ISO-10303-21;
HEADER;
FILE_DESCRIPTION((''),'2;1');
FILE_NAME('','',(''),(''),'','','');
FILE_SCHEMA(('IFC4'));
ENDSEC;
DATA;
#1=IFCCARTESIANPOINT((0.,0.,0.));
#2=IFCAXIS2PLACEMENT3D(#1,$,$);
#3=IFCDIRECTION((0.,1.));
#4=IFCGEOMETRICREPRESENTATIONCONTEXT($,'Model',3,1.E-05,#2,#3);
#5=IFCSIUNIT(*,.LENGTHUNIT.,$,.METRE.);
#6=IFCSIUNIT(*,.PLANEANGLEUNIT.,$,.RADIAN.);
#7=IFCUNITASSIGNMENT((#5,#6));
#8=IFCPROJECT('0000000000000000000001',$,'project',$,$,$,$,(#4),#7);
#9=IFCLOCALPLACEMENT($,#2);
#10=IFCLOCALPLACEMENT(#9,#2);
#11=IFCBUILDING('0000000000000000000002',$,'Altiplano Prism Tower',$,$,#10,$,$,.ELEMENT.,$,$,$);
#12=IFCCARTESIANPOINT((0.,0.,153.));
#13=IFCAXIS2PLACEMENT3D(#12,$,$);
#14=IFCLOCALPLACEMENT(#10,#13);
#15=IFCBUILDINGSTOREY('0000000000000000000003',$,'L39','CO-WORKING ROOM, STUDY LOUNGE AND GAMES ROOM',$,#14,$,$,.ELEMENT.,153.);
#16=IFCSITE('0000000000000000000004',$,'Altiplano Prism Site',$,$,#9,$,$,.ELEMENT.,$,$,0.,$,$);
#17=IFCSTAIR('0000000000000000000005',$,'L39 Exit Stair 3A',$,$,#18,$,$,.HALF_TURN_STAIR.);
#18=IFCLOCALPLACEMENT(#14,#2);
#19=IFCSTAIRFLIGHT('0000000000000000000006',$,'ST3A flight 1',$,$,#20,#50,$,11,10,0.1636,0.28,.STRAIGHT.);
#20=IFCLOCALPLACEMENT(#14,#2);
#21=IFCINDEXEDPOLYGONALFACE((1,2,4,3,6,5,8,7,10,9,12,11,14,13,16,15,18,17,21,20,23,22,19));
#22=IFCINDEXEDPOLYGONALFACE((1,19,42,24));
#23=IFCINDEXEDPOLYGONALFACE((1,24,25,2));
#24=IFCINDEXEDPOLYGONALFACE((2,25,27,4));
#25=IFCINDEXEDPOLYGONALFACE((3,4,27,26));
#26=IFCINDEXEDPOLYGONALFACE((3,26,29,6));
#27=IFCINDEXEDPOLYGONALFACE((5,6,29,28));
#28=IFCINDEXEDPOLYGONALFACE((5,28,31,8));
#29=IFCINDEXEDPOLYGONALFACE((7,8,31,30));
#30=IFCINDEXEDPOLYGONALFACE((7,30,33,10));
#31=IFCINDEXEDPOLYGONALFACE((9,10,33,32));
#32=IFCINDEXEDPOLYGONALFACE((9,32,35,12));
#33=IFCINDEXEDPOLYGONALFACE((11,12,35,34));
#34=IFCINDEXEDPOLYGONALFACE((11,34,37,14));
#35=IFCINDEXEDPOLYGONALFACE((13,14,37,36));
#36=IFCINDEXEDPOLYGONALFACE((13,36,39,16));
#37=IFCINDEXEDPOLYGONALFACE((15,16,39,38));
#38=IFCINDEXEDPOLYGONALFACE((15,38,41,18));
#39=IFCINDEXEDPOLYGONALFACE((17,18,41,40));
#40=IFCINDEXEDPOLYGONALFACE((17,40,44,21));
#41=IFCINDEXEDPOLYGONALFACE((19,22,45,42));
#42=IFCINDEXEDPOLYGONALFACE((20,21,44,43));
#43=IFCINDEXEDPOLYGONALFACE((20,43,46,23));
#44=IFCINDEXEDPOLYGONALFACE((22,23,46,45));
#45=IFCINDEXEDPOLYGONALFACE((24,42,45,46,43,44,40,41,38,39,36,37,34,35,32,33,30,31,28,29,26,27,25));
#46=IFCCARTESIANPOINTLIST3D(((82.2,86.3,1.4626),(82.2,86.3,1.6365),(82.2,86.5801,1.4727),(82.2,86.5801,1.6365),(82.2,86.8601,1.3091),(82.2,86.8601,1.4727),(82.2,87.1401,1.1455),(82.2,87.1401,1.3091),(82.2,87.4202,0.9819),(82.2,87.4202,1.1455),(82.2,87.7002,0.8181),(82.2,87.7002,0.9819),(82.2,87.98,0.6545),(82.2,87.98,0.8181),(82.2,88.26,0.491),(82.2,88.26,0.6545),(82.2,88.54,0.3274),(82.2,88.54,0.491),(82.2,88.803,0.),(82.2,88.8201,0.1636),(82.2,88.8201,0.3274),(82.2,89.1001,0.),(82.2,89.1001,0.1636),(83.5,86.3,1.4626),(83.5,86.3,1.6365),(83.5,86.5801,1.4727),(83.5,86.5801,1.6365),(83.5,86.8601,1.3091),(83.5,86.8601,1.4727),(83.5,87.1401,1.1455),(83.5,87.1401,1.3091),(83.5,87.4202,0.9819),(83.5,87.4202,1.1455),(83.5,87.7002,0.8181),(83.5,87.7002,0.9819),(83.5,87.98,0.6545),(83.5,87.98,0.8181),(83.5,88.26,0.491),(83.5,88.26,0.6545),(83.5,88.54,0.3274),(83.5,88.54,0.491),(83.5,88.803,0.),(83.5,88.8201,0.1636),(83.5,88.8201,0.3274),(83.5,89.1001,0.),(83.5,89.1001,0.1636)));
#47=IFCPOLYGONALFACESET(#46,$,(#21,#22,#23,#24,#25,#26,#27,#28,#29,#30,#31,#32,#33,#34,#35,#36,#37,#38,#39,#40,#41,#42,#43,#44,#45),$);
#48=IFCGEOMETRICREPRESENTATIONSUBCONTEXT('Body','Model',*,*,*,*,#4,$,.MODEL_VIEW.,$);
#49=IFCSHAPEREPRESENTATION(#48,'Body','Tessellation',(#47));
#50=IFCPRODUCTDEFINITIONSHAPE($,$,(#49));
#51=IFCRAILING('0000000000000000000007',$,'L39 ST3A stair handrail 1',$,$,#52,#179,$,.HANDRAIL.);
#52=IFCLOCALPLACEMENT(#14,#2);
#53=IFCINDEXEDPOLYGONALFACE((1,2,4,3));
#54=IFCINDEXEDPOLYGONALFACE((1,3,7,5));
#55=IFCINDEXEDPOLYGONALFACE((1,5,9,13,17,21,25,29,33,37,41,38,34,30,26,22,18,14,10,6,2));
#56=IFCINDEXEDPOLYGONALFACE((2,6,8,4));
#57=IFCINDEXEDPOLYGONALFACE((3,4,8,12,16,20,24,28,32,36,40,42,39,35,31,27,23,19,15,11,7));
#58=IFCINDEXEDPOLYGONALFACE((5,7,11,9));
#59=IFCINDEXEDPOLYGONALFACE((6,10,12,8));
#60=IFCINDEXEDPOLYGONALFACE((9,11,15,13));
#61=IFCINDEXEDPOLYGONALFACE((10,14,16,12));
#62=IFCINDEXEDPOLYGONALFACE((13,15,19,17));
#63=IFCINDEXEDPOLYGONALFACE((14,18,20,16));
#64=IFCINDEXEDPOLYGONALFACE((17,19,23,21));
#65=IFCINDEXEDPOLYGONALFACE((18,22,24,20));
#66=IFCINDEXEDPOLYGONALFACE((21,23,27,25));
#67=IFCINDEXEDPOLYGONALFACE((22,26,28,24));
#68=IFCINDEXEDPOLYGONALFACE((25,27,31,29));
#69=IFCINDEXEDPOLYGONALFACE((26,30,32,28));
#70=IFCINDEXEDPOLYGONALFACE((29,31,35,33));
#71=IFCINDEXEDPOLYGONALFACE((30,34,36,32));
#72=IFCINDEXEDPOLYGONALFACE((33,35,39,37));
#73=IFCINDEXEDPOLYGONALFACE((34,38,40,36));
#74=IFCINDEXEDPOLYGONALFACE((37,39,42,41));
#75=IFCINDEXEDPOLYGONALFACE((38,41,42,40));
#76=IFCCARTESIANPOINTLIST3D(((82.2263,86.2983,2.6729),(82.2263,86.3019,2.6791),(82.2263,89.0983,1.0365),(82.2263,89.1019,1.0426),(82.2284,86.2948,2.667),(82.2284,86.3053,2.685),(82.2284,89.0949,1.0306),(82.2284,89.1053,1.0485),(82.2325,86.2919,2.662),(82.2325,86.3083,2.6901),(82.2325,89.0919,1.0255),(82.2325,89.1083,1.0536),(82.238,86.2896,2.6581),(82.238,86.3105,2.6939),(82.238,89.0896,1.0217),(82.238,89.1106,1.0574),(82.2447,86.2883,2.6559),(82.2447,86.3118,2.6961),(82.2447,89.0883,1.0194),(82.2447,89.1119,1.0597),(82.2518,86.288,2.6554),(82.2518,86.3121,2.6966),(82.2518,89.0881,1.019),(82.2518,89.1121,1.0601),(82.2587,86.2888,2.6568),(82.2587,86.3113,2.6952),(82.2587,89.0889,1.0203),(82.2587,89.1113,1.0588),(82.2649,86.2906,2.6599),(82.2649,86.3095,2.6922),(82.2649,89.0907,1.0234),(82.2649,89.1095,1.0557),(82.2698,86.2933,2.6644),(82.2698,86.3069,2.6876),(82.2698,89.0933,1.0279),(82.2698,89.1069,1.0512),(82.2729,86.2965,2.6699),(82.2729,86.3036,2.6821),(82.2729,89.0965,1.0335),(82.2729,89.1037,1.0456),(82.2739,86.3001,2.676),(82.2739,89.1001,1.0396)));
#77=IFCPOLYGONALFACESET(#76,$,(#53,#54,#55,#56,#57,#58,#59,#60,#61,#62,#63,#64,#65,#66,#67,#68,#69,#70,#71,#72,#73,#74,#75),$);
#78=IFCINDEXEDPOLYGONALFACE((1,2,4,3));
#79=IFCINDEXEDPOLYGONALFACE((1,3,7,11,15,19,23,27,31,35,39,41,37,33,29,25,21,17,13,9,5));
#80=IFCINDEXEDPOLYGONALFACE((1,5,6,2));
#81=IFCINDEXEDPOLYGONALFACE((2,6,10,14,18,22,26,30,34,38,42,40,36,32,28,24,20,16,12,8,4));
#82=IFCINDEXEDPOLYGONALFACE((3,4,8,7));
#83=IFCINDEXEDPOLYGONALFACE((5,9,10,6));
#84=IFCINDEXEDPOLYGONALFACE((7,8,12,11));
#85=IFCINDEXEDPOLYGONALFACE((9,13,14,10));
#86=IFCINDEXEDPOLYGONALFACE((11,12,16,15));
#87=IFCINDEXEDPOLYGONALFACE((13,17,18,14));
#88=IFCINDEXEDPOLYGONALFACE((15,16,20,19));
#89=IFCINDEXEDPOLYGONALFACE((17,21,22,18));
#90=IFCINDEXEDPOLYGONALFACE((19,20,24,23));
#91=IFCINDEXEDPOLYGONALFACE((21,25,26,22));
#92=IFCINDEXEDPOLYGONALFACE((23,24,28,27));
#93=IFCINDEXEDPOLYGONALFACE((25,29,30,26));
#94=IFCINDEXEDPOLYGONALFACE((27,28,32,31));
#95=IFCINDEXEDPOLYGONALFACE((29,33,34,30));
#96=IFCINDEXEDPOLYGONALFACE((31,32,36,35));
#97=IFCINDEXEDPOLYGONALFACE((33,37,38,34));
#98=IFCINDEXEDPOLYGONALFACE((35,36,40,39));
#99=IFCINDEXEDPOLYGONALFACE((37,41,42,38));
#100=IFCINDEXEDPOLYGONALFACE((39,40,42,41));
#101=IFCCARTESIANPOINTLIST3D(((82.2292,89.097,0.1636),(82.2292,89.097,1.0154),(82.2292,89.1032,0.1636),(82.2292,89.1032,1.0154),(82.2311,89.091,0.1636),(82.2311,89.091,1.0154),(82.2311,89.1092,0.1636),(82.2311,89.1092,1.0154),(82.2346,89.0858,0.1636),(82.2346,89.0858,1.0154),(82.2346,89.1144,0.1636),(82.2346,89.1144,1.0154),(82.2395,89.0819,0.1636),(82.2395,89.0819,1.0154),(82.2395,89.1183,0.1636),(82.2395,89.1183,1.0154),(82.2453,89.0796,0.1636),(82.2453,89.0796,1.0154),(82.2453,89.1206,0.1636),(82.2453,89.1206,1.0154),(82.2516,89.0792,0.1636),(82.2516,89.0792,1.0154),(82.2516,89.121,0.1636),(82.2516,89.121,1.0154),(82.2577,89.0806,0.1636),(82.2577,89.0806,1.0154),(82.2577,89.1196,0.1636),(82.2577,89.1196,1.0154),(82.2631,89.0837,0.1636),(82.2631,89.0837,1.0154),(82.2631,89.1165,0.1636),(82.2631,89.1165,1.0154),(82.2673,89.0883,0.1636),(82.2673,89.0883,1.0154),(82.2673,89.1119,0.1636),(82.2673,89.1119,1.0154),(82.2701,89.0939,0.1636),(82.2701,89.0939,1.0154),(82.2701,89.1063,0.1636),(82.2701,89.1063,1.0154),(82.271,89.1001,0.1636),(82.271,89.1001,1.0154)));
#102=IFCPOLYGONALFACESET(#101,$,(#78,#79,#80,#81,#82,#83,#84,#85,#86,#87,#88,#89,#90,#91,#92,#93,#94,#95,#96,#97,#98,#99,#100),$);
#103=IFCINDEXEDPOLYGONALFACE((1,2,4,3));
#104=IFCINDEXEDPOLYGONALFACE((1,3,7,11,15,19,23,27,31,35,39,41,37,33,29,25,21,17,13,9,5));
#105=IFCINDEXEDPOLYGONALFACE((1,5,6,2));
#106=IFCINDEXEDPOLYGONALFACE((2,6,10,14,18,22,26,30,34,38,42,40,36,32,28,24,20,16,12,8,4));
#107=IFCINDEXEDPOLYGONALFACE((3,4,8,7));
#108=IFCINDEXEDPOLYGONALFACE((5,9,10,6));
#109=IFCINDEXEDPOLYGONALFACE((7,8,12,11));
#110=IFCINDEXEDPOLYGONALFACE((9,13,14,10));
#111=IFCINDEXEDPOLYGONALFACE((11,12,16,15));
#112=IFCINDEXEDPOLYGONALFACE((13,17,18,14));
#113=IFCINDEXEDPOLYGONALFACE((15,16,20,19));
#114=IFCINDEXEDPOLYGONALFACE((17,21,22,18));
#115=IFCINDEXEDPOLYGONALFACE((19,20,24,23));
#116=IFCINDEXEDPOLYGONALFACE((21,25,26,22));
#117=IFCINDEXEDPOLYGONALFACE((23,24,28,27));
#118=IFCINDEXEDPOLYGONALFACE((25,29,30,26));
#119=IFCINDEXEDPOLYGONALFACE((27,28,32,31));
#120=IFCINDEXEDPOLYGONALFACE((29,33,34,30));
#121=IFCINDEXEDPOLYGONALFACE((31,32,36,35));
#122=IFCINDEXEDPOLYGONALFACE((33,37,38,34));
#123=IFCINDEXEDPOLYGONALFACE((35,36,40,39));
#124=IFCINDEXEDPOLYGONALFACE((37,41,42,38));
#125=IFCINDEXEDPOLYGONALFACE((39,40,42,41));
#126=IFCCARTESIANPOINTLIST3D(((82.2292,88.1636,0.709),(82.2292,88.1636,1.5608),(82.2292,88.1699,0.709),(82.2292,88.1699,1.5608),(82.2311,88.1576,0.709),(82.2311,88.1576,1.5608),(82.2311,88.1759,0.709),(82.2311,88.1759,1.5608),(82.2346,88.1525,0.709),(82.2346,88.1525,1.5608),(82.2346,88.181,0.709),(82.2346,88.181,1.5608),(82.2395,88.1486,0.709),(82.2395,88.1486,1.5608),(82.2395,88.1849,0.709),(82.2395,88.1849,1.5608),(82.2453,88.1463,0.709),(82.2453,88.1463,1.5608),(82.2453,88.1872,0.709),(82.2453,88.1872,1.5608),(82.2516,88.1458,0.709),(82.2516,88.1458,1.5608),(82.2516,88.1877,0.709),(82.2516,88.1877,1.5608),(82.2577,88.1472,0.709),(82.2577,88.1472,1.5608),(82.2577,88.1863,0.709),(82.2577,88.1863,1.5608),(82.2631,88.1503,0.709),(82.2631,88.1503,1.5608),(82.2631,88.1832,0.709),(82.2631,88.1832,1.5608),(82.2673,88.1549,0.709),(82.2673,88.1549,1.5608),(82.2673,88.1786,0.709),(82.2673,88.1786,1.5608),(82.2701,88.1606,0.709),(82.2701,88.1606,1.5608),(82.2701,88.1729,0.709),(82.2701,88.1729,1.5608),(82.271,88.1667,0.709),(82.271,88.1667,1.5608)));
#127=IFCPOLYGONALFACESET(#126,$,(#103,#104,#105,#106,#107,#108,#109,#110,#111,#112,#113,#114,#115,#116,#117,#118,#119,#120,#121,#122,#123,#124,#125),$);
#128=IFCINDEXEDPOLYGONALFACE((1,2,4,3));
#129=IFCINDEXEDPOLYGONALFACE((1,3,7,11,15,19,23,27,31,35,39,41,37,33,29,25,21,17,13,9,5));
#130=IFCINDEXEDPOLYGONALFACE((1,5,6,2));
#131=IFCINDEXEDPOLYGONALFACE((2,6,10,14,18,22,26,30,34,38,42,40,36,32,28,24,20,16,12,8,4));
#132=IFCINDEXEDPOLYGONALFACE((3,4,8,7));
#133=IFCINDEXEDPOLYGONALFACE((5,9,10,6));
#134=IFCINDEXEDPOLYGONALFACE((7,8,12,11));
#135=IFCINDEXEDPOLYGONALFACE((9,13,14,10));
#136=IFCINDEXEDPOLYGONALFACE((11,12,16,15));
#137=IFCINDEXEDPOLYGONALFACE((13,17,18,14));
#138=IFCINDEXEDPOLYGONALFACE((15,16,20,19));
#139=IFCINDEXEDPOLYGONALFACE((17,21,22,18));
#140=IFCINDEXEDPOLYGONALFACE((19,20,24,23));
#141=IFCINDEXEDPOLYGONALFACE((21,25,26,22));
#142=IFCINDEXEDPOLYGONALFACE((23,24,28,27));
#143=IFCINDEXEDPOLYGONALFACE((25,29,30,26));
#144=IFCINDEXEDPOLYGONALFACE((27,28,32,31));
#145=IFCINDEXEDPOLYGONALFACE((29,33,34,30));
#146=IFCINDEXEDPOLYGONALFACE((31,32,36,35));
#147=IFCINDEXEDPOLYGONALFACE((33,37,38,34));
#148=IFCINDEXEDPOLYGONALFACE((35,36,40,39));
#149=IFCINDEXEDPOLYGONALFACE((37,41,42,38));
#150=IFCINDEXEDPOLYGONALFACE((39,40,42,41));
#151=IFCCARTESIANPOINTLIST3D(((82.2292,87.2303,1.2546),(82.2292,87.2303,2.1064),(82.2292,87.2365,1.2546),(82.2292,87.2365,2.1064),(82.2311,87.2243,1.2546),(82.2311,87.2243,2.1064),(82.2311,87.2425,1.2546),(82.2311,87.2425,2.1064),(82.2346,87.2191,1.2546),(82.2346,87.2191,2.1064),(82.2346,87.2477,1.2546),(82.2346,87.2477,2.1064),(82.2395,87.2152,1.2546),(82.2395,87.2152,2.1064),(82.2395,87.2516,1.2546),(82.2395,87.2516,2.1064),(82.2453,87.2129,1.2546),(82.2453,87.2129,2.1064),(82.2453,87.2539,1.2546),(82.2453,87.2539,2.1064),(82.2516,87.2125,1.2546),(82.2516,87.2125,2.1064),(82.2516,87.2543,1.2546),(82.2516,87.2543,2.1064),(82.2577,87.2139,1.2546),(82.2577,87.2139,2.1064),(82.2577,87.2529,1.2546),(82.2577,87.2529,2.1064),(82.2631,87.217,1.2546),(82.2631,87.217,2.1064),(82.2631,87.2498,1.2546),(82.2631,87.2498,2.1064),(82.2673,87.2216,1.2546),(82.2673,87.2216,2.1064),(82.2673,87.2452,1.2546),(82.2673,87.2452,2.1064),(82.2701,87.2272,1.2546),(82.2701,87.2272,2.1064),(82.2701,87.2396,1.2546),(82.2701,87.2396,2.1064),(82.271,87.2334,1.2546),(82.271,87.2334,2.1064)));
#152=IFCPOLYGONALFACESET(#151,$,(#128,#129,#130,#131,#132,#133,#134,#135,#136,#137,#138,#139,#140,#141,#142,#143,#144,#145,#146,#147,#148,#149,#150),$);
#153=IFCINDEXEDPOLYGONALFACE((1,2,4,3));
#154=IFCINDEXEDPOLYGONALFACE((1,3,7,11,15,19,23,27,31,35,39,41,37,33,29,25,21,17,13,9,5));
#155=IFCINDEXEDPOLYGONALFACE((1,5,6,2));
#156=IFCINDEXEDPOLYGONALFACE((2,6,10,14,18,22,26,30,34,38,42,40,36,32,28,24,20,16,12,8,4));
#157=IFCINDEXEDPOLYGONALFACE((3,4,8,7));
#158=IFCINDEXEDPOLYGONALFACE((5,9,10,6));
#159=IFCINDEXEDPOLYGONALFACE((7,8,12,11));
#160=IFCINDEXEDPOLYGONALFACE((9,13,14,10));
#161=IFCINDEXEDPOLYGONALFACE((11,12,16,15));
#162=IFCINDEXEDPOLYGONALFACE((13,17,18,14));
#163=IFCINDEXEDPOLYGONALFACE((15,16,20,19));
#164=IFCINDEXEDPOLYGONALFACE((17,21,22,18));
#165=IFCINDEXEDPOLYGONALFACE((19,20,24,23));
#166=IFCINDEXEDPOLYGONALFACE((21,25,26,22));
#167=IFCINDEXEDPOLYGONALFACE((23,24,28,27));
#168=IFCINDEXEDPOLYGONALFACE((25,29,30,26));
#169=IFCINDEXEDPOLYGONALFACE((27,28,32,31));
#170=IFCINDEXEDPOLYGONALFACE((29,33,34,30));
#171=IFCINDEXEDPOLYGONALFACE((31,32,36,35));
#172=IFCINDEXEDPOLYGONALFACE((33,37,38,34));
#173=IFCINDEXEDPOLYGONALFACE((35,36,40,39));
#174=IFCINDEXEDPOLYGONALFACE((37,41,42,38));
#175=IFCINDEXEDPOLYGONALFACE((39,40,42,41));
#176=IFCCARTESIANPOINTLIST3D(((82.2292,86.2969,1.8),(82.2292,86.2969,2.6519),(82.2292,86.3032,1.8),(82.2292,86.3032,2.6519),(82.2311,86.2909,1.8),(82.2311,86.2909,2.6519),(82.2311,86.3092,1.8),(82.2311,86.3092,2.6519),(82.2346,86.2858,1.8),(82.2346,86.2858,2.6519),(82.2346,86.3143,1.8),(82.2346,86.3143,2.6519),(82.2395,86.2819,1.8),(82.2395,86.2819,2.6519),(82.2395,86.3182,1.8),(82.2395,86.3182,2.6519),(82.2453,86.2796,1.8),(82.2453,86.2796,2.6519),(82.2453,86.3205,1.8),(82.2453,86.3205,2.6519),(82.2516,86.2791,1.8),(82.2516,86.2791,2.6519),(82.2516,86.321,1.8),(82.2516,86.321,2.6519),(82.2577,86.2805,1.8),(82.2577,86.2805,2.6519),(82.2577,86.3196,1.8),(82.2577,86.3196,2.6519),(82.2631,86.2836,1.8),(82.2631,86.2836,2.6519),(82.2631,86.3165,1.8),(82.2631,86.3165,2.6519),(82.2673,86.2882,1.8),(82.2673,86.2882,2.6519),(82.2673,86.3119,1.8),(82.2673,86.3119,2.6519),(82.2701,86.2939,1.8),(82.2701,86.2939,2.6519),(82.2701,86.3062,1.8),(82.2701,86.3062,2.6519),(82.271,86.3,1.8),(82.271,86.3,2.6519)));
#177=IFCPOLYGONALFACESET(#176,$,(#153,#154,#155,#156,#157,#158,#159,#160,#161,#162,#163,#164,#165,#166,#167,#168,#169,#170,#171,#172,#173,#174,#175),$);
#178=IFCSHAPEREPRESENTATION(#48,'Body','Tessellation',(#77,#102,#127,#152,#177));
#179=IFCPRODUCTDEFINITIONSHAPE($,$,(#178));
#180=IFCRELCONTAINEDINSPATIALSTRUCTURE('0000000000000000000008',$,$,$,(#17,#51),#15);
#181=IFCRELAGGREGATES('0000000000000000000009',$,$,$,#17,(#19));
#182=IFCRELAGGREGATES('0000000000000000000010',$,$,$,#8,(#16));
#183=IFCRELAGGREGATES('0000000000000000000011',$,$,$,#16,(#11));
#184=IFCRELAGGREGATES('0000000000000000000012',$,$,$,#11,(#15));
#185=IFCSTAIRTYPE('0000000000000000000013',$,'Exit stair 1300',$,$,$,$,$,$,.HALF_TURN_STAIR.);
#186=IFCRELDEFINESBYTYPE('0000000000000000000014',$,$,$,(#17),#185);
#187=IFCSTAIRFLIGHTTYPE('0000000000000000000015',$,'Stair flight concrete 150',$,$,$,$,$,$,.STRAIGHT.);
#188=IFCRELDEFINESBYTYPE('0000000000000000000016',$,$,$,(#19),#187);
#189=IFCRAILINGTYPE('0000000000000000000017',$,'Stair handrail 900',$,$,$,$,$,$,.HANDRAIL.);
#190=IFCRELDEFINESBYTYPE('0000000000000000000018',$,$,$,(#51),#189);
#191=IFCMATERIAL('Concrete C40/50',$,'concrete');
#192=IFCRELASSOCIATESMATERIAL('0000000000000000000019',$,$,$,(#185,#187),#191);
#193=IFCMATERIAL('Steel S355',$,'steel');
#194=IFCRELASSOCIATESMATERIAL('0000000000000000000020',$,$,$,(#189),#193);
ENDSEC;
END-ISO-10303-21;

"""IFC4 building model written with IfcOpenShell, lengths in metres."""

from ifc_helpers import new_model, si_unit, direction, frame, origin, origin_2d, place, context, subcontext, project, spatial, polyline, circle, outline, extrude, material, type_object, element, aggregate, save


model = new_model("IFC4")

# Units and contexts
model_context = context("Model", 3, precision=1e-05, world=origin(), true_north=direction((0.0, 1.0)))
body_context = subcontext(model_context, "Body", "Model", "MODEL_VIEW")
ifc_project = project(units=[si_unit("LENGTHUNIT", "METRE"), si_unit("PLANEANGLEUNIT", "RADIAN")], contexts=[model_context])

# Site, building, storey
site_placement = place(None, origin())
site = spatial("IfcSite", under=ifc_project, at=site_placement, Name="Altiplano Prism Site", CompositionType="ELEMENT", RefElevation=0.0)
building_placement = place(site_placement, origin())
building = spatial("IfcBuilding", under=site, at=building_placement, Name="Altiplano Prism Tower", CompositionType="ELEMENT")
storey_placement = place(building_placement, frame((0.0, 0.0, 153.0)))
storey = spatial("IfcBuildingStorey", under=building, at=storey_placement, Name="L39", Description="CO-WORKING ROOM, STUDY LOUNGE AND GAMES ROOM", CompositionType="ELEMENT", Elevation=153.0)

# Stair, stair flight
ifc_material_1 = material(Name="Concrete C40/50", Category="concrete")
stair_type = type_object("IfcStairType", Name="Exit stair 1300", PredefinedType="HALF_TURN_STAIR", material=ifc_material_1)
stair_placement = place(storey_placement, origin())
stair = element("IfcStair", 1, at=stair_placement, inside=storey, type_object=stair_type, Name="L39 Exit Stair 3A", PredefinedType="HALF_TURN_STAIR")
stair_flight_type = type_object("IfcStairFlightType", Name="Stair flight concrete 150", PredefinedType="STRAIGHT", material=ifc_material_1)
stair_flight_placement = place(storey_placement, frame((82.8501, 89.1001, 0.0), z_axis=(0.0, 0.0, 1.0), x_axis=(0.0, -1.0, 0.0)))
stair_flight = element("IfcStairFlight", 2, at=stair_flight_placement, type_object=stair_flight_type, Name="ST3A flight 1", NumberOfRisers=11, NumberOfTreads=10, PredefinedType="STRAIGHT", RiserHeight=0.1636, TreadLength=0.28, context=body_context, shape_type="SweptSolid", body=[
    extrude(outline(polyline([(0.0, 0.0), (0.0, 0.1636), (0.28, 0.1636), (0.28, 0.3274), (0.5601, 0.3274), (0.5601, 0.491), (0.8401, 0.491), (0.8401, 0.6545), (1.1201, 0.6545), (1.1201, 0.8181), (1.3999, 0.8181), (1.3999, 0.9819), (1.6799, 0.9819), (1.6799, 1.1455), (1.96, 1.1455), (1.96, 1.3091), (2.24, 1.3091), (2.24, 1.4727), (2.52, 1.4727), (2.52, 1.6365), (2.8, 1.6365), (2.8, 1.8), (2.8, 1.4626), (0.2971, 0.0), (0.0, 0.0)])), frame((0.0, 0.6499, 0.0), z_axis=(0.0, -1.0, 0.0), x_axis=(1.0, 0.0, 0.0)), (0.0, 0.0, 1.0), 1.3),
])
aggregate(stair, [stair_flight])

# Railing
ifc_material_2 = material(Name="Steel S355", Category="steel")
railing_type_1 = type_object("IfcRailingType", Name="Stair handrail 900", PredefinedType="HANDRAIL", material=ifc_material_2)
railing_1_placement = place(storey_placement, frame((82.25, 89.1001, 0.1636)))
element("IfcRailing", 3, at=railing_1_placement, inside=storey, type_object=railing_type_1, Name="L39 ST3A stair handrail 1", PredefinedType="HANDRAIL", context=body_context, shape_type="SweptSolid", body=[
    extrude(circle(Radius=0.0239, at=origin_2d()), frame((0.0, 0.0, 0.876), z_axis=(0.0, -0.863361, 0.504587), x_axis=(1.0, 0.0, 0.0)), (0.0, 0.0, 1.0), 3.2432),
    extrude(circle(Radius=0.021, at=origin_2d()), origin(), (0.0, 0.0, 1.0), 0.8518),
    extrude(circle(Radius=0.021, at=origin_2d()), frame((0.0, -0.9333, 0.5454)), (0.0, 0.0, 1.0), 0.8518),
    extrude(circle(Radius=0.021, at=origin_2d()), frame((0.0, -1.8667, 1.0911)), (0.0, 0.0, 1.0), 0.8518),
    extrude(circle(Radius=0.021, at=origin_2d()), frame((0.0, -2.8, 1.6365)), (0.0, 0.0, 1.0), 0.8518),
])

save(model, "model.ifc")
